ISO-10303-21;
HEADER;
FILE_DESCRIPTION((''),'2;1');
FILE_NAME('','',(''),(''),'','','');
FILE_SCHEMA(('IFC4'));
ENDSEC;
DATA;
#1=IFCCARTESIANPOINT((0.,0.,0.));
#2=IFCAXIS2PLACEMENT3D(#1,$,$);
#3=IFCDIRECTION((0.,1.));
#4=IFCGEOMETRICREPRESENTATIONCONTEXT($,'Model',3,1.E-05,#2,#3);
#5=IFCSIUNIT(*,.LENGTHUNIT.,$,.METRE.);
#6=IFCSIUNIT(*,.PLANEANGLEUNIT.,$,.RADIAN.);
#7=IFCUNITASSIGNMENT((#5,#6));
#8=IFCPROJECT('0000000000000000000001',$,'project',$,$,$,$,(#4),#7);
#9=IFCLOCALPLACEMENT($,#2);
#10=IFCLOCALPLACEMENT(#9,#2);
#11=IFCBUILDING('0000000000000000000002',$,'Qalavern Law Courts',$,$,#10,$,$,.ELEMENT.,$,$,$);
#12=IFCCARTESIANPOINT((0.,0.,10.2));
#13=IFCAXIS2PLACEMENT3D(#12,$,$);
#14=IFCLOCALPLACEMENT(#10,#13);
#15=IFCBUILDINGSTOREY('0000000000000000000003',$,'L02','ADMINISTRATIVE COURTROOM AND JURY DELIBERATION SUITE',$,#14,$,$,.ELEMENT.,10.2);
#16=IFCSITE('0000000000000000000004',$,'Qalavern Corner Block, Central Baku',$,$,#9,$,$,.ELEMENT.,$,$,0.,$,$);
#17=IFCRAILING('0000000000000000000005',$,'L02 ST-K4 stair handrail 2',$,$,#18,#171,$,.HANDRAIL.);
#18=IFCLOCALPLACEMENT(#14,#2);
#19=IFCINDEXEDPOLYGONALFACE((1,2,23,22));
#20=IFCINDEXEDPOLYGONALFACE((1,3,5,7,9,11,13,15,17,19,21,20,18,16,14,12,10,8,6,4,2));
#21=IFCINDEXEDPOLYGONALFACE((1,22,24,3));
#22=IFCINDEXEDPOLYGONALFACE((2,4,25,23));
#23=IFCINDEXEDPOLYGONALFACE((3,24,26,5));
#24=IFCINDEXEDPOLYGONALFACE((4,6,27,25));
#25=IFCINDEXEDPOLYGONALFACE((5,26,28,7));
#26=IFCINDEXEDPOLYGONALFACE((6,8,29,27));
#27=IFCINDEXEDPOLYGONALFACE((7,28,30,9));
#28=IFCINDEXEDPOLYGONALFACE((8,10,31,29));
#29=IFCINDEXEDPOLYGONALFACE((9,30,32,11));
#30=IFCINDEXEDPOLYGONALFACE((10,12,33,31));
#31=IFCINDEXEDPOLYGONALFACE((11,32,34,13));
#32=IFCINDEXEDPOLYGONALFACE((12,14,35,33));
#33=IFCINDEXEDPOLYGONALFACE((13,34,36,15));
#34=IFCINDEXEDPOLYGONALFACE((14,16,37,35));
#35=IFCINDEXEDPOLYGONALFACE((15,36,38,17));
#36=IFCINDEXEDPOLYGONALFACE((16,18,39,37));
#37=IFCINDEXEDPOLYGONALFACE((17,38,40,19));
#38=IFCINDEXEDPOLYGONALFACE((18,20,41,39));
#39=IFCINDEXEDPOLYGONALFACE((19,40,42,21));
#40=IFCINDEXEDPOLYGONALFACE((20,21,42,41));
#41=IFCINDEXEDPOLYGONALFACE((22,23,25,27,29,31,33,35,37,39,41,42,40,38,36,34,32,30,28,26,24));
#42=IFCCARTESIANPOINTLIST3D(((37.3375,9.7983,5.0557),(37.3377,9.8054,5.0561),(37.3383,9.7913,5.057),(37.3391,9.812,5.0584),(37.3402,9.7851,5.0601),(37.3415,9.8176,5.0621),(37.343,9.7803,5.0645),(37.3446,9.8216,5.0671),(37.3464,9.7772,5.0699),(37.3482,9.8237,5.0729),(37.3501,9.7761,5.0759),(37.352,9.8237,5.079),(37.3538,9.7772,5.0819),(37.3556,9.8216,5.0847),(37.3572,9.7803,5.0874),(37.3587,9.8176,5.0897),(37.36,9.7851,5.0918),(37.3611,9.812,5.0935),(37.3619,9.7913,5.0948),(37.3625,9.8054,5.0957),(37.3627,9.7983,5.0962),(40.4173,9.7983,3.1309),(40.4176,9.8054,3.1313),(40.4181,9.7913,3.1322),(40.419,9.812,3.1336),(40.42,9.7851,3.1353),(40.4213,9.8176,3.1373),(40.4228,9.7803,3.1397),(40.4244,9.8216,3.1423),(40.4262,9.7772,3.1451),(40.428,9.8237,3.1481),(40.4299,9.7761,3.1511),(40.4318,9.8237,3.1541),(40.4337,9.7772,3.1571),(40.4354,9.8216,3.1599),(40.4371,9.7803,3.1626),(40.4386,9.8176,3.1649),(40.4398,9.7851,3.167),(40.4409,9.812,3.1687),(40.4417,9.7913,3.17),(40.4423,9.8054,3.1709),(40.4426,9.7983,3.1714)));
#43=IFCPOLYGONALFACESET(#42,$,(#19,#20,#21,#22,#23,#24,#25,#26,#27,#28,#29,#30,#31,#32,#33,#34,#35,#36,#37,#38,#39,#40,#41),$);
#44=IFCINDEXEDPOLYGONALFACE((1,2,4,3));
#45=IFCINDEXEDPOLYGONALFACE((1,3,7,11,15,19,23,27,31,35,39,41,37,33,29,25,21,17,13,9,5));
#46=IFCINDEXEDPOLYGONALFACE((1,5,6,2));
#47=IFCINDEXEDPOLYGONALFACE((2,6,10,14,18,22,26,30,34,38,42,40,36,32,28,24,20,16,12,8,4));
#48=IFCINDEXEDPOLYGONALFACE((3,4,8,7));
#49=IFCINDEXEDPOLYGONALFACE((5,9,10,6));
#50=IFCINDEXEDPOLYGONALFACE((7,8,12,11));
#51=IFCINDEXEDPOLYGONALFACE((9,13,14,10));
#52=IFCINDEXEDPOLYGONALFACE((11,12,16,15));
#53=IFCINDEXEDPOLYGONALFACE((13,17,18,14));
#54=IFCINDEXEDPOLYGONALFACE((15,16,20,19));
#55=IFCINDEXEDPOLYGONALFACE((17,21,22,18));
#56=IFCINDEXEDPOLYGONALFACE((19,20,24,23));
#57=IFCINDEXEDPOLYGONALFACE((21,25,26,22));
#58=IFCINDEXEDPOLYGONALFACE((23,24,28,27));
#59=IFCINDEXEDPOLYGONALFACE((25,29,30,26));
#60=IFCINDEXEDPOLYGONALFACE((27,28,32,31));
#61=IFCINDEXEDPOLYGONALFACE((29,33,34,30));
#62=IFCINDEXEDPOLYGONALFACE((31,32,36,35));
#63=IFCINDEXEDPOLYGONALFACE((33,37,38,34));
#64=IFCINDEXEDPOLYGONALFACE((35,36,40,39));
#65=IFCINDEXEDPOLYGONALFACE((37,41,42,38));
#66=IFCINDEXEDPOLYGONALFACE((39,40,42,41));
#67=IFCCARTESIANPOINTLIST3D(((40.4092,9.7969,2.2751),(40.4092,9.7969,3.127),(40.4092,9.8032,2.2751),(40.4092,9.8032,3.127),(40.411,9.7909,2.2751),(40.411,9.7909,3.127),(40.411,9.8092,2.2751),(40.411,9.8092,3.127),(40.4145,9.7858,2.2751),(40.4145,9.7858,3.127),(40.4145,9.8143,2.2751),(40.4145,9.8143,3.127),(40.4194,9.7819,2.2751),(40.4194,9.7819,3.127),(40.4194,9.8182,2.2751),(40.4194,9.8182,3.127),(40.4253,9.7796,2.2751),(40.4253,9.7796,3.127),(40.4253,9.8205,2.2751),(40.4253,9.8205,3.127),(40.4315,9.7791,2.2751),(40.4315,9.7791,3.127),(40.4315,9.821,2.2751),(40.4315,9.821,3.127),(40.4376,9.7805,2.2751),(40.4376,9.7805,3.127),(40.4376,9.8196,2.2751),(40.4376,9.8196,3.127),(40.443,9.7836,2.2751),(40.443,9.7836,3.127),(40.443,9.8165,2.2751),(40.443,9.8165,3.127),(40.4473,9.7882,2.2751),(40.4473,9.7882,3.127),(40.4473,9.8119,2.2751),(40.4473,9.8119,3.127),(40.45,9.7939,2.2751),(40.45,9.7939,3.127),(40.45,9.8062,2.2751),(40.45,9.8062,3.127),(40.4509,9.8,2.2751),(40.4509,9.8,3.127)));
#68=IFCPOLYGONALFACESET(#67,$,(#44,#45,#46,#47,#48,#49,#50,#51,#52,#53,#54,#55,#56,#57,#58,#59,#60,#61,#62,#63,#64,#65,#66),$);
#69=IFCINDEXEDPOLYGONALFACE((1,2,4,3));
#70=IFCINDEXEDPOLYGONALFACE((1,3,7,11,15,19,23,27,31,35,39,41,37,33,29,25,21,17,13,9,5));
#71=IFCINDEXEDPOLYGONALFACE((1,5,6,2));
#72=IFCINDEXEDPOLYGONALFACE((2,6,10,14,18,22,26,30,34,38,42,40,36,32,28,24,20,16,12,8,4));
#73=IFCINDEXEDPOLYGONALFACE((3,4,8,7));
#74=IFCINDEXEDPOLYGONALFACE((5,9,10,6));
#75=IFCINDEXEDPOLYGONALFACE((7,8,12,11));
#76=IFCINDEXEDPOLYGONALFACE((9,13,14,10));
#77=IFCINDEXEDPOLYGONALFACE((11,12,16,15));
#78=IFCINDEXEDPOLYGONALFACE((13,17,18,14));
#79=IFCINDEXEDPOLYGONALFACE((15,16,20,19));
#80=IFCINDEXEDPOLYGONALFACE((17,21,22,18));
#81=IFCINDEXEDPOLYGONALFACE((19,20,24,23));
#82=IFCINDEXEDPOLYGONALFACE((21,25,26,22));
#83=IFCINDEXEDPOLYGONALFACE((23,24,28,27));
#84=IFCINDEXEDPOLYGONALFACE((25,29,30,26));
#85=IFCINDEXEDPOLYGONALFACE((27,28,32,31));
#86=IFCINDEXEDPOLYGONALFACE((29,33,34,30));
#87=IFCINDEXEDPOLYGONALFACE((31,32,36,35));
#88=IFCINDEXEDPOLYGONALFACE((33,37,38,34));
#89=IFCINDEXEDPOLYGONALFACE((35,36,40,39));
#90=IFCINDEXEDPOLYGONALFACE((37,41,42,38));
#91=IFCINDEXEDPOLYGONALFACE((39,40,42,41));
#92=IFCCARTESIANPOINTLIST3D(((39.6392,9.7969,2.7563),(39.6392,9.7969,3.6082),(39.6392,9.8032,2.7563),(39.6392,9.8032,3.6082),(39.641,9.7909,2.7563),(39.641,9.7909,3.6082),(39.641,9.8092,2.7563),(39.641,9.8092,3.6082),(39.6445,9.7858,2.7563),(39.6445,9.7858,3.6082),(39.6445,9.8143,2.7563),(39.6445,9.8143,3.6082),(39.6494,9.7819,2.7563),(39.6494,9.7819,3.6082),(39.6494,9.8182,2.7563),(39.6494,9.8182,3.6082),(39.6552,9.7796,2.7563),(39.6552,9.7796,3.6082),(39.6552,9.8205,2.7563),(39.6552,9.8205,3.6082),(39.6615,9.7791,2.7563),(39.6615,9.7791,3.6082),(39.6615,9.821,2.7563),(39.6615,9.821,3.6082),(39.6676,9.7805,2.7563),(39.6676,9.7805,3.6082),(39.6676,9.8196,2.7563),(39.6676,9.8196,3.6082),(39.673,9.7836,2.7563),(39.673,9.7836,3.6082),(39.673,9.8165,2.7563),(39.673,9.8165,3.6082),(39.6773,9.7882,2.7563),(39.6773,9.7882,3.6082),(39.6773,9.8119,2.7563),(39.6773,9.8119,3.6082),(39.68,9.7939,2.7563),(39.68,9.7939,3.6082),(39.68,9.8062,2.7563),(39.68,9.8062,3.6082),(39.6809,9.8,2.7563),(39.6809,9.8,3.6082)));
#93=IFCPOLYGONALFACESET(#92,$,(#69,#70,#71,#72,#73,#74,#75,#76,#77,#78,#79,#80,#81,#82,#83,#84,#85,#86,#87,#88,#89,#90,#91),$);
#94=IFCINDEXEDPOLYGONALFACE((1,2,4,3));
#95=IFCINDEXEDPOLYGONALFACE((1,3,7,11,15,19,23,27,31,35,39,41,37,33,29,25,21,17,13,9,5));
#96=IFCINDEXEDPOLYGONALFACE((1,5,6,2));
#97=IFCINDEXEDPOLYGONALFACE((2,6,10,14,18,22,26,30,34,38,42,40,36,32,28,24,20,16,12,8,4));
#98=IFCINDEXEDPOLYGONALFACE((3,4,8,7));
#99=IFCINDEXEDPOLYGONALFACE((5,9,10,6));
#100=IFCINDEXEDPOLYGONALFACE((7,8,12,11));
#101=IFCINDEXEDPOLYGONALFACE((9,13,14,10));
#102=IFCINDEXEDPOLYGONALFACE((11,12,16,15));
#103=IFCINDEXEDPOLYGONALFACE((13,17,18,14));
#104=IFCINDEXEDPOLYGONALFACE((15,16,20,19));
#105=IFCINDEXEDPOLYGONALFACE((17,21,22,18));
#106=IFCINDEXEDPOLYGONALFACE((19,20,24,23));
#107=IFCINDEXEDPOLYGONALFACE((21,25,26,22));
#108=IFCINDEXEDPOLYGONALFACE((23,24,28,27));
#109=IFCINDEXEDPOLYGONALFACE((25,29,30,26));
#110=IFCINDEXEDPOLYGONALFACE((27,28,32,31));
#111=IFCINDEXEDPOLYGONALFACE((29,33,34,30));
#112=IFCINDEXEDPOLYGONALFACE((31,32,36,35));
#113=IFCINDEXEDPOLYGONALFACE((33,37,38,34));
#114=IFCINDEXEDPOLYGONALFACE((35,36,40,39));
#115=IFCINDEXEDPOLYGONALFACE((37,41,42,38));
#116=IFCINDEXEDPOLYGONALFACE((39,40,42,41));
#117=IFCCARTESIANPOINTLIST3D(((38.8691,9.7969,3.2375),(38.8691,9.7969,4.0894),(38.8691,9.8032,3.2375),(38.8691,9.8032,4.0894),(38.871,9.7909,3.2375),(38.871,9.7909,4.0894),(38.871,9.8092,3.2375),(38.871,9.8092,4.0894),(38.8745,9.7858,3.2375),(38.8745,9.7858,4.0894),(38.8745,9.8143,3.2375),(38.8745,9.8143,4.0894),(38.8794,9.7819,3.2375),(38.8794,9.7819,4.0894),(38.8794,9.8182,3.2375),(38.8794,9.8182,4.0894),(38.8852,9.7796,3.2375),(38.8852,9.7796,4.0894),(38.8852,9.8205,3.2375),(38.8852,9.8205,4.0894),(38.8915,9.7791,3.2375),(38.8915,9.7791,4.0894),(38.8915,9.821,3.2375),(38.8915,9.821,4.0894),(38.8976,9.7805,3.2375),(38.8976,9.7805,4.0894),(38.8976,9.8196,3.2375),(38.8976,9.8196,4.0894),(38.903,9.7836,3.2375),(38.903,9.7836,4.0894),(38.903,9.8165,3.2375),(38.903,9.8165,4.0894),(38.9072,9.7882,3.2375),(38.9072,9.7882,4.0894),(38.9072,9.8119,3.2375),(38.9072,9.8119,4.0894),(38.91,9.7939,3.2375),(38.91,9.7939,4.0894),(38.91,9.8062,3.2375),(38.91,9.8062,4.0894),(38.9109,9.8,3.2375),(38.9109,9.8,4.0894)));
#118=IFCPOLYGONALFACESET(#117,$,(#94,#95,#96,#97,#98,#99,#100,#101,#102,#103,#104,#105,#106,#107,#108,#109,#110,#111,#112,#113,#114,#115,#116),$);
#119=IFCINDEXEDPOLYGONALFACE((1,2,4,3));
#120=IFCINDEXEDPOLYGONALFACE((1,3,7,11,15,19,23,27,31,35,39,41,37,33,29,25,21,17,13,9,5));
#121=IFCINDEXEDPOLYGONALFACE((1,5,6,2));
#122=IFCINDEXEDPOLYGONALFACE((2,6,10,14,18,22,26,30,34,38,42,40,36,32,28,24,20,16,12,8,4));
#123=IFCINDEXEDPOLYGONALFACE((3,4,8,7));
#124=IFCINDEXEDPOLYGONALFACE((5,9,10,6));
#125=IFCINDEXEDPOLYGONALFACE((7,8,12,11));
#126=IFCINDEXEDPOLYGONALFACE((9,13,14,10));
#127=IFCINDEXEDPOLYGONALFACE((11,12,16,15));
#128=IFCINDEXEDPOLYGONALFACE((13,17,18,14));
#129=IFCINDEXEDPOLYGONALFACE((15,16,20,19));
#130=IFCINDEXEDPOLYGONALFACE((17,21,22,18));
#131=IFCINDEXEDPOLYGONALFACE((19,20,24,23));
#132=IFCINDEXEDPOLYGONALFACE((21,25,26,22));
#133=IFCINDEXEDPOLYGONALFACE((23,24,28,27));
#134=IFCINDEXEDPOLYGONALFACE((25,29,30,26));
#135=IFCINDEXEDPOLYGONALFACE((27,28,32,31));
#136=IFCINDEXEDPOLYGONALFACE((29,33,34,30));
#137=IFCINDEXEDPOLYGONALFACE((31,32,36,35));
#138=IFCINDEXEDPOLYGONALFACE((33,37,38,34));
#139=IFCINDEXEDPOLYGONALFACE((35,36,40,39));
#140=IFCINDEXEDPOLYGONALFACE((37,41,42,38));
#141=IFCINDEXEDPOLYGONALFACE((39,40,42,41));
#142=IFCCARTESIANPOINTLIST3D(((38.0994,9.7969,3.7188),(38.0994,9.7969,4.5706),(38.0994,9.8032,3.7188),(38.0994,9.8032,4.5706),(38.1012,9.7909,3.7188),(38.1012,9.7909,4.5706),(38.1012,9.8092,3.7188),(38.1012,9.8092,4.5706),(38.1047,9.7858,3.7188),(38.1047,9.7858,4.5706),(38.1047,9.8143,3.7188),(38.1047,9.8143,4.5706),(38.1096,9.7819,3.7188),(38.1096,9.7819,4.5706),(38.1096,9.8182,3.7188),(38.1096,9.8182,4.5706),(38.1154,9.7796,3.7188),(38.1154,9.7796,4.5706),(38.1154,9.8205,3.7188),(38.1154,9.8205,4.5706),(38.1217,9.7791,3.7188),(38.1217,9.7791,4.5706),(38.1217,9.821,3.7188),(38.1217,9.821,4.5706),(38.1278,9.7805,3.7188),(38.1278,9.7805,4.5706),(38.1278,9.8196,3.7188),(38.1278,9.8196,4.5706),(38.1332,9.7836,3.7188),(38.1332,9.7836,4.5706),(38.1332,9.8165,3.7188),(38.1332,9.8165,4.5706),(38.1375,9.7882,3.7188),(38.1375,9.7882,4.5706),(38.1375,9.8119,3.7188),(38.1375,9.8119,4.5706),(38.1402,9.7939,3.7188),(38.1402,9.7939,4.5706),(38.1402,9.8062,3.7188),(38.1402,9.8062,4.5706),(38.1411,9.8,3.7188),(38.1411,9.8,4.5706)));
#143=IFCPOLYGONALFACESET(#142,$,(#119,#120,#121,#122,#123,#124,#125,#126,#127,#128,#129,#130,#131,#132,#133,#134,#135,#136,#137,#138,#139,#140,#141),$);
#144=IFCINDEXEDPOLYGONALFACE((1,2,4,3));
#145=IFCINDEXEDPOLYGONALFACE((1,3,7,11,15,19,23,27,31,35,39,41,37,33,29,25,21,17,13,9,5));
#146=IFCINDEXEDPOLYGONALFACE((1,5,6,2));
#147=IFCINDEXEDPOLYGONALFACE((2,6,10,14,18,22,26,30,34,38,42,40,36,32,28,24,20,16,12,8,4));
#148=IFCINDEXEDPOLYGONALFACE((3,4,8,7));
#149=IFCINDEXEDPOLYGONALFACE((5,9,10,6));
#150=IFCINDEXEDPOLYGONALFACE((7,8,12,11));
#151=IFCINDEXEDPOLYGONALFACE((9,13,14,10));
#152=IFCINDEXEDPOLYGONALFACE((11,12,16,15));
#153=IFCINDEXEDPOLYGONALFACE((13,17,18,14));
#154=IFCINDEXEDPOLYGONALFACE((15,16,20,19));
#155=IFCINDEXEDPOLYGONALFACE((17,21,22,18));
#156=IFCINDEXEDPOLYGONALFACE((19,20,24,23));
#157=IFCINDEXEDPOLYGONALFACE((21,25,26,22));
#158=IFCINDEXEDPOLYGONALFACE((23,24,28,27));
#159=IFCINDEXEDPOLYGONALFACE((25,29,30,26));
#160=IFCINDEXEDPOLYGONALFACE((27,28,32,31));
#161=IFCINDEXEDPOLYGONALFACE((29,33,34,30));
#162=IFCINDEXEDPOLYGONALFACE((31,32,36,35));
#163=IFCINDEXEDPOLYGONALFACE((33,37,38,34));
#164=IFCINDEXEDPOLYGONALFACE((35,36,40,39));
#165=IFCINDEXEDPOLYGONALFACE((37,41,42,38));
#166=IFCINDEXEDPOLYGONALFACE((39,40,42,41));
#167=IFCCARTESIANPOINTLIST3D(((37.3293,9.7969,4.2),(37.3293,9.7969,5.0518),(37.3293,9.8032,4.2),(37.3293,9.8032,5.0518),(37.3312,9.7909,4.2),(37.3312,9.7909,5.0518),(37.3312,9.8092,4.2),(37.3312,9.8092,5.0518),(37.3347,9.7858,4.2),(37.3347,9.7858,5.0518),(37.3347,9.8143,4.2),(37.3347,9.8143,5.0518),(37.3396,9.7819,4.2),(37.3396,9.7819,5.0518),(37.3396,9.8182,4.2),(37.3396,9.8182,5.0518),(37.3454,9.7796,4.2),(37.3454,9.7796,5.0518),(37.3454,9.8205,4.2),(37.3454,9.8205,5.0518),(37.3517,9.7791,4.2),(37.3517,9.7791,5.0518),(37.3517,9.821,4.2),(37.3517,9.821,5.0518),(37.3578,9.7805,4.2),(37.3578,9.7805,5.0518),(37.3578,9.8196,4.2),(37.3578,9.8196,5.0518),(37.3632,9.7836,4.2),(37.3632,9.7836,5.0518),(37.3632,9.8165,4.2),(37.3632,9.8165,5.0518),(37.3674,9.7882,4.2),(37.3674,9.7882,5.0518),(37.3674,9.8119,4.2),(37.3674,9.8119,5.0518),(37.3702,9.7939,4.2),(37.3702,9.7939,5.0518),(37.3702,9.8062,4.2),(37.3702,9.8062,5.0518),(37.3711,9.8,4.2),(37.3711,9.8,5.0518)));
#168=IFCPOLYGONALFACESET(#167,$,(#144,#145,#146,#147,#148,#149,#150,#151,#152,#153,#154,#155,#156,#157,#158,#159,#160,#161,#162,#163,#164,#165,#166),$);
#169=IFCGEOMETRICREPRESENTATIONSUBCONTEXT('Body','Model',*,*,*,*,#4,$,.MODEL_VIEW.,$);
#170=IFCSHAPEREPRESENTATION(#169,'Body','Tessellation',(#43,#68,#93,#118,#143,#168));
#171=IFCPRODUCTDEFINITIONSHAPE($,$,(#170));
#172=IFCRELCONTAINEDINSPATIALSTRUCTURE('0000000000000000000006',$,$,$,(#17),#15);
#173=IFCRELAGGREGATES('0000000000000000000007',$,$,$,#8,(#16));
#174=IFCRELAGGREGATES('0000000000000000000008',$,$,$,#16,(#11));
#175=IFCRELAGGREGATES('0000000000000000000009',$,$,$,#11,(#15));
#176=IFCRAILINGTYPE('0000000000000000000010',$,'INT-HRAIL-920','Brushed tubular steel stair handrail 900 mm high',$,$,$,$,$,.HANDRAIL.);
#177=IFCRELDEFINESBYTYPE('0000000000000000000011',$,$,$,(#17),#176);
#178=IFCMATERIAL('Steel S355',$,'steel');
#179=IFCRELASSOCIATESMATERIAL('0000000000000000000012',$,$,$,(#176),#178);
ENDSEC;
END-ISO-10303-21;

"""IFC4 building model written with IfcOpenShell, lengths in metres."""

from ifc_helpers import new_model, si_unit, direction, frame, origin, origin_2d, place, context, subcontext, project, spatial, circle, extrude, material, type_object, element, save


model = new_model("IFC4")

# Units and contexts
model_context = context("Model", 3, precision=1e-05, world=origin(), true_north=direction((0.0, 1.0)))
body_context = subcontext(model_context, "Body", "Model", "MODEL_VIEW")
ifc_project = project(units=[si_unit("LENGTHUNIT", "METRE"), si_unit("PLANEANGLEUNIT", "RADIAN")], contexts=[model_context])

# Site, building, storey
site_placement = place(None, origin())
site = spatial("IfcSite", under=ifc_project, at=site_placement, Name="Qalavern Corner Block, Central Baku", CompositionType="ELEMENT", RefElevation=0.0)
building_placement = place(site_placement, origin())
building = spatial("IfcBuilding", under=site, at=building_placement, Name="Qalavern Law Courts", CompositionType="ELEMENT")
storey_placement = place(building_placement, frame((0.0, 0.0, 10.2)))
storey = spatial("IfcBuildingStorey", under=building, at=storey_placement, Name="L02", Description="ADMINISTRATIVE COURTROOM AND JURY DELIBERATION SUITE", CompositionType="ELEMENT", Elevation=10.2)

# Shared definitions
ifc_material_1 = material(Name="Steel S355", Category="steel")

# Railing
railing_type_1 = type_object("IfcRailingType", Name="INT-HRAIL-920", Description="Brushed tubular steel stair handrail 900 mm high", PredefinedType="HANDRAIL", material=ifc_material_1)
railing_1_placement = place(storey_placement, frame((40.4299, 9.8, 2.2751)))
element("IfcRailing", 1, at=railing_1_placement, inside=storey, type_object=railing_type_1, Name="L02 ST-K4 stair handrail 2", PredefinedType="HANDRAIL", context=body_context, shape_type="SweptSolid", body=[
    extrude(circle(Radius=0.0239, at=origin_2d()), frame((0.0, 0.0, 0.876), z_axis=(-0.84801, 0.0, 0.529981), x_axis=(0.0, -1.0, 0.0)), (0.0, 0.0, 1.0), 3.6318),
    extrude(circle(Radius=0.021, at=origin_2d()), origin(), (0.0, 0.0, 1.0), 0.8518),
    extrude(circle(Radius=0.021, at=origin_2d()), frame((-0.77, 0.0, 0.4812)), (0.0, 0.0, 1.0), 0.8518),
    extrude(circle(Radius=0.021, at=origin_2d()), frame((-1.54, 0.0, 0.9624)), (0.0, 0.0, 1.0), 0.8518),
    extrude(circle(Radius=0.021, at=origin_2d()), frame((-2.3098, 0.0, 1.4436)), (0.0, 0.0, 1.0), 0.8518),
    extrude(circle(Radius=0.021, at=origin_2d()), frame((-3.0798, 0.0, 1.9248)), (0.0, 0.0, 1.0), 0.8518),
])

save(model, "model.ifc")
